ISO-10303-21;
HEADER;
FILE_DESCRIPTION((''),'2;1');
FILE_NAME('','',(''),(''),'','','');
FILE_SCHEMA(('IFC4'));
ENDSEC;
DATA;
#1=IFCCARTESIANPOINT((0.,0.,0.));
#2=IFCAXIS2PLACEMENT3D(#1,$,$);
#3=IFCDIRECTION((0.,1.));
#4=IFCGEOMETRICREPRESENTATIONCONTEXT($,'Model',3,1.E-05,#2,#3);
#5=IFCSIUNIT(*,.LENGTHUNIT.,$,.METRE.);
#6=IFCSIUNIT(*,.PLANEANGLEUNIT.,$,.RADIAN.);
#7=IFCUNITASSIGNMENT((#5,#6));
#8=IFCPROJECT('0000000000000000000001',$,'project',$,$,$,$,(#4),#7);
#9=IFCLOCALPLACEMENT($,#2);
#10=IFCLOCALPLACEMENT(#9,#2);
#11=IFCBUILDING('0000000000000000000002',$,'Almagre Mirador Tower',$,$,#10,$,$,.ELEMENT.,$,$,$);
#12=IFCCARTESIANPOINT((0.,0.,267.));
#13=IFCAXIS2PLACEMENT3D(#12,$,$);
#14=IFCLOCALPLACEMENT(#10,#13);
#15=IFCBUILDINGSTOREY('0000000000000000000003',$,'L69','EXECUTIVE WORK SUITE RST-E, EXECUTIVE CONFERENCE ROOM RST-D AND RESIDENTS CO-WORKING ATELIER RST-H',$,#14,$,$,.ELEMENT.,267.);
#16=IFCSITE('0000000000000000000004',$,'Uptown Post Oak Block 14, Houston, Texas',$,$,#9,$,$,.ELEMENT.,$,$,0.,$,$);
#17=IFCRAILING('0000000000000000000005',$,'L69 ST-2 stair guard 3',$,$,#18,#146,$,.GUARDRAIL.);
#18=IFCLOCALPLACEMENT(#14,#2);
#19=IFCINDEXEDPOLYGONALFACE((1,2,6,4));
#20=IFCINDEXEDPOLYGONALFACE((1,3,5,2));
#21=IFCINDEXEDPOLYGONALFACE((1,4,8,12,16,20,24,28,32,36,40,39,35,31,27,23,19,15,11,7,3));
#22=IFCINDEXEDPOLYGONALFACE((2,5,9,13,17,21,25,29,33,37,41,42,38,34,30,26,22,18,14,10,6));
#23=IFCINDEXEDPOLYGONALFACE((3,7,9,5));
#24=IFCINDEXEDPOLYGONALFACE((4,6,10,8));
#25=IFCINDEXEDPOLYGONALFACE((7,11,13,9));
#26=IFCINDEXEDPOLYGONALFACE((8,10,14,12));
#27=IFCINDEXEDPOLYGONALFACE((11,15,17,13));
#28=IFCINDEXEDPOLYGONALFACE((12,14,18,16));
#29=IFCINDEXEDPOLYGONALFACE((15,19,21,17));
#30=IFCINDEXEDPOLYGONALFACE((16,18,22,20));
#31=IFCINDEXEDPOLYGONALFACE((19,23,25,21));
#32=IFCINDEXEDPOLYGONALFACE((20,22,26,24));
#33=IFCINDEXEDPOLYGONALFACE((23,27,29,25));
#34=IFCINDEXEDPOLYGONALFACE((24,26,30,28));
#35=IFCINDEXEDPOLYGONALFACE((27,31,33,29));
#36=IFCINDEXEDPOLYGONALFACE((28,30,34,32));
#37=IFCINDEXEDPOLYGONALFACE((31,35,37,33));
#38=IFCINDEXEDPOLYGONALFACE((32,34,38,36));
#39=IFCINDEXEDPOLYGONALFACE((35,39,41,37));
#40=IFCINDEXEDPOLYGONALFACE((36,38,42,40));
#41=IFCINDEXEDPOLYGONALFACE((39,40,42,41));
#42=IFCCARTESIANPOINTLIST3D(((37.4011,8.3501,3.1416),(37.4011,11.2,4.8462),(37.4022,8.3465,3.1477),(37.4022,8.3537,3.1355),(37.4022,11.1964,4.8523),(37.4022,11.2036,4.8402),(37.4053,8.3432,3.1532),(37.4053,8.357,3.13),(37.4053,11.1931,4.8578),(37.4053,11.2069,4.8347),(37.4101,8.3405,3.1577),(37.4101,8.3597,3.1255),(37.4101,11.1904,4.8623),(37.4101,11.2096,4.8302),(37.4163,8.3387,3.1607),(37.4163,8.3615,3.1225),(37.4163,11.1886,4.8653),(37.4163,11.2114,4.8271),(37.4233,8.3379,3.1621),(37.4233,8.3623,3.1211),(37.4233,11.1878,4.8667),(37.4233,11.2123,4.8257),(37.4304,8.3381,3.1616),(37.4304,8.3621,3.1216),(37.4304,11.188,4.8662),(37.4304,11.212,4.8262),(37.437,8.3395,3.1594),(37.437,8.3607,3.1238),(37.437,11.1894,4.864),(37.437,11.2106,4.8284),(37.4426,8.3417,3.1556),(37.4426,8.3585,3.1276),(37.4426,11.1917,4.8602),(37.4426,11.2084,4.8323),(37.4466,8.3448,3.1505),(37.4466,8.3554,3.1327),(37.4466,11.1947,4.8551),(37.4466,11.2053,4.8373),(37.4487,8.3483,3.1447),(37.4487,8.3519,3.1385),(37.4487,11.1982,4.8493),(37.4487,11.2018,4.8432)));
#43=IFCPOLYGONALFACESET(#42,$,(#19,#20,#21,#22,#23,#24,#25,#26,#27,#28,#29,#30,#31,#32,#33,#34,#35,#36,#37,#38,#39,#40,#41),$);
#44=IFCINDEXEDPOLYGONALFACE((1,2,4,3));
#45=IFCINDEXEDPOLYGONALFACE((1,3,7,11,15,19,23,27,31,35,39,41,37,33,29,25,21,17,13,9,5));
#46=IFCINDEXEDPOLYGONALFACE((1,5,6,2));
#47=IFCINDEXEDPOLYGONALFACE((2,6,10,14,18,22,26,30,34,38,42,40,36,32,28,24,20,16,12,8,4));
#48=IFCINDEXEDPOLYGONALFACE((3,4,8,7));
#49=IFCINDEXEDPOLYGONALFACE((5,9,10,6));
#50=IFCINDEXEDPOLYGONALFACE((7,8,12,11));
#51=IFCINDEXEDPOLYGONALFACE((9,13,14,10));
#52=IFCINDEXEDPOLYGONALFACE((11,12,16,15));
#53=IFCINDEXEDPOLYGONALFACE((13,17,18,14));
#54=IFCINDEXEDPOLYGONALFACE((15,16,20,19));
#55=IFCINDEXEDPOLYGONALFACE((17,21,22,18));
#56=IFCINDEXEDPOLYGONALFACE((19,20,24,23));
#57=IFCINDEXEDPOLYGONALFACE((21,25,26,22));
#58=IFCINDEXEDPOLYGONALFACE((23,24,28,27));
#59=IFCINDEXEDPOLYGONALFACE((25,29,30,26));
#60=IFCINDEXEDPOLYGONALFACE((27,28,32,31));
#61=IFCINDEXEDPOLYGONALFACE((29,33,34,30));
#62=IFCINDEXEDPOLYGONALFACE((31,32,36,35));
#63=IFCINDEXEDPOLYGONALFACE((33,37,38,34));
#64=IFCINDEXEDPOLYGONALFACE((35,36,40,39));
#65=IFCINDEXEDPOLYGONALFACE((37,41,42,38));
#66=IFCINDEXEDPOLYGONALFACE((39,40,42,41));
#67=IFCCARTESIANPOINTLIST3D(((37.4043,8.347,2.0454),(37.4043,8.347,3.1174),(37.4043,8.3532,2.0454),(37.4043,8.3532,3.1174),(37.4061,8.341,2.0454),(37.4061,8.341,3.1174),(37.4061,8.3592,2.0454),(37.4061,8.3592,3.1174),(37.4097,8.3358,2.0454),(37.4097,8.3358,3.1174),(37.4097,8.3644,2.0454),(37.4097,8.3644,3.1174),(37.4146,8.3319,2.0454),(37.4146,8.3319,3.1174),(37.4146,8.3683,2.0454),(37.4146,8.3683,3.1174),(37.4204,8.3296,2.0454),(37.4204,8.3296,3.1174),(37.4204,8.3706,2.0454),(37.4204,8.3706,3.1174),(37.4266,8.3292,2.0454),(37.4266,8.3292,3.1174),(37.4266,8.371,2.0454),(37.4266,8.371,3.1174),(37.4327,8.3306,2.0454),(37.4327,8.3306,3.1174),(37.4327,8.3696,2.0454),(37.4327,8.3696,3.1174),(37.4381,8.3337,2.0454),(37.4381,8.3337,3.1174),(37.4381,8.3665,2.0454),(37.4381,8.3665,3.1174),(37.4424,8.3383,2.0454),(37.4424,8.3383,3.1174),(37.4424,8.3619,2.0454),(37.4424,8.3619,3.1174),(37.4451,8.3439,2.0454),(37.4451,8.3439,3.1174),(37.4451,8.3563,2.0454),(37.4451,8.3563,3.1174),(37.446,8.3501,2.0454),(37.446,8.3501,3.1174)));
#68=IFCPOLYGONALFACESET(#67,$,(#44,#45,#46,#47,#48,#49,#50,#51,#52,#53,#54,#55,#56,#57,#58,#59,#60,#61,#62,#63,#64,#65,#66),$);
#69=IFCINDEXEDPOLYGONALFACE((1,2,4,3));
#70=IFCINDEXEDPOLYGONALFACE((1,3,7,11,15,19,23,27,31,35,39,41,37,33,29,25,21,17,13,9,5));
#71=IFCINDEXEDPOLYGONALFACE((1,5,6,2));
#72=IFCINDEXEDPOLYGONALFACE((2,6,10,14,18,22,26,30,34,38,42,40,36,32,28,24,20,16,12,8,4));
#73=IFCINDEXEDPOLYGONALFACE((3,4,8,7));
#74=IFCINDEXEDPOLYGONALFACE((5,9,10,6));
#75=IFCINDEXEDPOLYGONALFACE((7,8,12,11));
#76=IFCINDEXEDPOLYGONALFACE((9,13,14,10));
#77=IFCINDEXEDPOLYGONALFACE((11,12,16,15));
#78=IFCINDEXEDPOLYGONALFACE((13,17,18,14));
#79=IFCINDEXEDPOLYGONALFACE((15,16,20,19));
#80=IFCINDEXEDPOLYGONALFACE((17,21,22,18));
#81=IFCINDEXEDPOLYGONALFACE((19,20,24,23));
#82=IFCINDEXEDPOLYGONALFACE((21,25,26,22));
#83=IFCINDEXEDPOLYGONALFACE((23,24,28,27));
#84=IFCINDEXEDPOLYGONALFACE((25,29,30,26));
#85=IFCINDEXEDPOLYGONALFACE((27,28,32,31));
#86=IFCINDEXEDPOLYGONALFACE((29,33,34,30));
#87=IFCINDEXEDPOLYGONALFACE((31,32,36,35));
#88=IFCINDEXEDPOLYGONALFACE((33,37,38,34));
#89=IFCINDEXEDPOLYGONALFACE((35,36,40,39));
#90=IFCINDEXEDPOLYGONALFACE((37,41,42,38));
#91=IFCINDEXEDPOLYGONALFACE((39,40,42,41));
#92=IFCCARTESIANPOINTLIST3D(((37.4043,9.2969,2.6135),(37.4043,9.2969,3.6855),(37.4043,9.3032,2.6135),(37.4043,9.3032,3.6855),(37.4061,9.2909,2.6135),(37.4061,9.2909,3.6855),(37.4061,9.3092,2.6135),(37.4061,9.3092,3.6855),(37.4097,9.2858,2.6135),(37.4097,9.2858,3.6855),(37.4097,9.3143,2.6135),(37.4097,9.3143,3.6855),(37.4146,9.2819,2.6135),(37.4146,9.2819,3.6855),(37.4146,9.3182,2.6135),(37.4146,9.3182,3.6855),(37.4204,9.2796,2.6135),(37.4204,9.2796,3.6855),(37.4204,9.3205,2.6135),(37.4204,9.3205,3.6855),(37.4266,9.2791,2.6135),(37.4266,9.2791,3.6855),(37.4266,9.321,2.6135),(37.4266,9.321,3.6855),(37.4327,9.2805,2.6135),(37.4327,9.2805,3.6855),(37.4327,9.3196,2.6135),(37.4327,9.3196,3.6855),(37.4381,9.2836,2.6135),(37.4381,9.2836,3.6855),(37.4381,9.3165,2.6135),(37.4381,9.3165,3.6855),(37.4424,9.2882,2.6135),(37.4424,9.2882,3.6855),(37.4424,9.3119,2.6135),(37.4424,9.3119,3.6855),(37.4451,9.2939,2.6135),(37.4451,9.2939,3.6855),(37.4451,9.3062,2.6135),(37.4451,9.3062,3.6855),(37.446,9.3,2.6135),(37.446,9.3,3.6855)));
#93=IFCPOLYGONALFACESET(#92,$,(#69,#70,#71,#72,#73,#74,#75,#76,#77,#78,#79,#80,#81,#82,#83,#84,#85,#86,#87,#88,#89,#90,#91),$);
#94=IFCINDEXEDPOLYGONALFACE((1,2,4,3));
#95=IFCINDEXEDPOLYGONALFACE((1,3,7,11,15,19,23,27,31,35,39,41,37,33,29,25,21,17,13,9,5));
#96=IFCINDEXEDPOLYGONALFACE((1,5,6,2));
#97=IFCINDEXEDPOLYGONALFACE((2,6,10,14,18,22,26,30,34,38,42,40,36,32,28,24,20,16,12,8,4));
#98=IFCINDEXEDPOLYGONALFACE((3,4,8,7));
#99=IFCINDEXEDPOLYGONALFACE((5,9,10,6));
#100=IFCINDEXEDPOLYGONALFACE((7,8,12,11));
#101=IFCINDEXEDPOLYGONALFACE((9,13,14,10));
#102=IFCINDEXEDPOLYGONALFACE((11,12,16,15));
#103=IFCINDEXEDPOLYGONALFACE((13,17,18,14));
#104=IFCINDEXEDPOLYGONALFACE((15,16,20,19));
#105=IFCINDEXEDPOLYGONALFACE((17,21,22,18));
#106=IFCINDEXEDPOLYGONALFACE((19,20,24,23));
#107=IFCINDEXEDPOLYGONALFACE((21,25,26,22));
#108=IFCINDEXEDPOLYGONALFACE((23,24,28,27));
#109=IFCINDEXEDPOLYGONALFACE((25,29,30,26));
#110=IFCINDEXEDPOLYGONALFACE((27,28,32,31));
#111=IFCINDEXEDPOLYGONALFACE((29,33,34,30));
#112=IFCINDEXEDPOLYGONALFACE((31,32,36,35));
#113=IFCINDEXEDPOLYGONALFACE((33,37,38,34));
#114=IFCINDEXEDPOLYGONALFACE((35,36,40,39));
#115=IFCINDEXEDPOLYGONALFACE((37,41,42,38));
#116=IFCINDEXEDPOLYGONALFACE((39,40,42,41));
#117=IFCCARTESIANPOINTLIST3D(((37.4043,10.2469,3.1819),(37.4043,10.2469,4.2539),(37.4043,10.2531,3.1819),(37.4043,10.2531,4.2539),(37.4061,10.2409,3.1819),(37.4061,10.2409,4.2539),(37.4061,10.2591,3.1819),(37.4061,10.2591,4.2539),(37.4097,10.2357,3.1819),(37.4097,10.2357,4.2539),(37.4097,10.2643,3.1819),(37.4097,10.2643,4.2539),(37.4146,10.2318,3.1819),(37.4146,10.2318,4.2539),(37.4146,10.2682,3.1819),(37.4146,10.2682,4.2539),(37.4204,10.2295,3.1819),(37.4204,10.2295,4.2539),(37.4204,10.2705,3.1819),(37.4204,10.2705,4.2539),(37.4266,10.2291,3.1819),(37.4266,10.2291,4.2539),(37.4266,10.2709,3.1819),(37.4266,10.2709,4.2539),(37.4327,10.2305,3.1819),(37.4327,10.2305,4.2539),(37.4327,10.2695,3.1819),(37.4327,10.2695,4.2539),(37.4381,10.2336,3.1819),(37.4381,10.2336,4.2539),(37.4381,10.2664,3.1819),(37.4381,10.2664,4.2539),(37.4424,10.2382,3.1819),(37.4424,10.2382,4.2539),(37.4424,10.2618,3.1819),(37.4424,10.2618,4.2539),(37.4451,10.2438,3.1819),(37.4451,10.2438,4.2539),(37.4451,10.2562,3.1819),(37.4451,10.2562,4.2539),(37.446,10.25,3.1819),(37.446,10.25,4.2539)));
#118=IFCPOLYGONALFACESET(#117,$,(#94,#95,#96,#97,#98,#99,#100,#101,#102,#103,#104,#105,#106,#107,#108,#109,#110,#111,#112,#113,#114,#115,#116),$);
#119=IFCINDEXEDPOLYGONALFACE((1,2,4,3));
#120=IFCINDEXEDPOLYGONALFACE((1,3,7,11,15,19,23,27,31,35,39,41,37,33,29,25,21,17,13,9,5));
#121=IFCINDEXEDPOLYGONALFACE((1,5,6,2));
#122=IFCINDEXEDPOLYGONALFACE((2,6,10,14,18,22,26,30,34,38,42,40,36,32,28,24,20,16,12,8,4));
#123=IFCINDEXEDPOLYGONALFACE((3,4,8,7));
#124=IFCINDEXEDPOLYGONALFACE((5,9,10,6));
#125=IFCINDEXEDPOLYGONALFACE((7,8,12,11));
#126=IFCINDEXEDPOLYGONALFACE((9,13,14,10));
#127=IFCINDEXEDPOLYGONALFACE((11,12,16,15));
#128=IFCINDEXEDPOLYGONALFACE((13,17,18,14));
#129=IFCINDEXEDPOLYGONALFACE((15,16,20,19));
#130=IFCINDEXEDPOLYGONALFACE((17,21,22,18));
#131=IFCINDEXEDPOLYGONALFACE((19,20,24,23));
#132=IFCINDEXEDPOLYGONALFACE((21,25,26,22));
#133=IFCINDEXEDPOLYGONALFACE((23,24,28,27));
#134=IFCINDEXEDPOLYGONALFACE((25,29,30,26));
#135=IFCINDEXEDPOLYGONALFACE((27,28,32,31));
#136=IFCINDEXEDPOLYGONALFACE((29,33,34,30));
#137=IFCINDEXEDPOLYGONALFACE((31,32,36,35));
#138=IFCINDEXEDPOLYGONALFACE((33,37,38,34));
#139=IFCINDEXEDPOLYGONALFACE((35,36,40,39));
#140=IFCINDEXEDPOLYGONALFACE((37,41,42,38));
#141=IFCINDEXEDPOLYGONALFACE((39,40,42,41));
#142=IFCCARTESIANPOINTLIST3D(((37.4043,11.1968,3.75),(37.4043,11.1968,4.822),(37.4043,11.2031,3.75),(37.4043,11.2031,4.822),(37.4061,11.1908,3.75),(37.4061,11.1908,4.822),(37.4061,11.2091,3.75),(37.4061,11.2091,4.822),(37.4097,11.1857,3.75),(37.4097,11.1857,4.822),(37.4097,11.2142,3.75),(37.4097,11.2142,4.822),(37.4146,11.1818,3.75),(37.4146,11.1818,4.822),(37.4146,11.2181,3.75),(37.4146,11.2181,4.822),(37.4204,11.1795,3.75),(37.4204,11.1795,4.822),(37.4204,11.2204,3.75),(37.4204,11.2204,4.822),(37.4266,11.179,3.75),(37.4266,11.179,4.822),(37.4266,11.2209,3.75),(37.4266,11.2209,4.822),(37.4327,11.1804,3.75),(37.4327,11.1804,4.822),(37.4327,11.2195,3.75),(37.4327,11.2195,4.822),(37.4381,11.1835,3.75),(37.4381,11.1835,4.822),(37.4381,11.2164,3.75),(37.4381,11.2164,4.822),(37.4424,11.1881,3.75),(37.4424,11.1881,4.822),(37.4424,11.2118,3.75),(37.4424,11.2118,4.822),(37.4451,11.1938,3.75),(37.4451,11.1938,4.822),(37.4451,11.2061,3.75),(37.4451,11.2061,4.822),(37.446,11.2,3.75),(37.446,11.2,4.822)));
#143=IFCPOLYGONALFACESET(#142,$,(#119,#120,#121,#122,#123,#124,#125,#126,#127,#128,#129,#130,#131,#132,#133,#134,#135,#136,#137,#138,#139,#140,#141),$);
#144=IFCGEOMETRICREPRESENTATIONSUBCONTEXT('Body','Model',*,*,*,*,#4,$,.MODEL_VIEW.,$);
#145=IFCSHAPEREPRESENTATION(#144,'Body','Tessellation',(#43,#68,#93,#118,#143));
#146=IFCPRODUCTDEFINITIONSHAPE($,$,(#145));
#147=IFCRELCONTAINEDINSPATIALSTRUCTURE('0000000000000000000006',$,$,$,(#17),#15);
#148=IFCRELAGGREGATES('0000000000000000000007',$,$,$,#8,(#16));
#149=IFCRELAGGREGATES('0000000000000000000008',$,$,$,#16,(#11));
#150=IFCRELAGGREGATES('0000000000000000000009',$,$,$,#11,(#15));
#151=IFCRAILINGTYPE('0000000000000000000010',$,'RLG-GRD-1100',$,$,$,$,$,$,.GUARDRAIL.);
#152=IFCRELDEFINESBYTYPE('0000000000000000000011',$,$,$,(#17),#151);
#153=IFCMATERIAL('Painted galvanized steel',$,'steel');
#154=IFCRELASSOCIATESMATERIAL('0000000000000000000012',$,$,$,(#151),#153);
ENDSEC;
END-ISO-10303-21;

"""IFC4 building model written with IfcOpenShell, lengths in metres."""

from ifc_helpers import new_model, si_unit, direction, frame, origin, origin_2d, place, context, subcontext, project, spatial, circle, extrude, material, type_object, element, save


model = new_model("IFC4")

# Units and contexts
model_context = context("Model", 3, precision=1e-05, world=origin(), true_north=direction((0.0, 1.0)))
body_context = subcontext(model_context, "Body", "Model", "MODEL_VIEW")
ifc_project = project(units=[si_unit("LENGTHUNIT", "METRE"), si_unit("PLANEANGLEUNIT", "RADIAN")], contexts=[model_context])

# Site, building, storey
site_placement = place(None, origin())
site = spatial("IfcSite", under=ifc_project, at=site_placement, Name="Uptown Post Oak Block 14, Houston, Texas", CompositionType="ELEMENT", RefElevation=0.0)
building_placement = place(site_placement, origin())
building = spatial("IfcBuilding", under=site, at=building_placement, Name="Almagre Mirador Tower", CompositionType="ELEMENT")
storey_placement = place(building_placement, frame((0.0, 0.0, 267.0)))
storey = spatial("IfcBuildingStorey", under=building, at=storey_placement, Name="L69", Description="EXECUTIVE WORK SUITE RST-E, EXECUTIVE CONFERENCE ROOM RST-D AND RESIDENTS CO-WORKING ATELIER RST-H", CompositionType="ELEMENT", Elevation=267.0)

# Railing
ifc_material_1 = material(Name="Painted galvanized steel", Category="steel")
railing_type_1 = type_object("IfcRailingType", Name="RLG-GRD-1100", PredefinedType="GUARDRAIL", material=ifc_material_1)
railing_1_placement = place(storey_placement, frame((37.425, 8.3501, 2.0454)))
element("IfcRailing", 1, at=railing_1_placement, inside=storey, type_object=railing_type_1, Name="L69 ST-2 stair guard 3", PredefinedType="GUARDRAIL", context=body_context, shape_type="SweptSolid", body=[
    extrude(circle(Radius=0.0239, at=origin_2d()), frame((0.0, 0.0, 1.0962), z_axis=(0.0, 0.858199, 0.513317), x_axis=(-1.0, 0.0, 0.0)), (0.0, 0.0, 1.0), 3.3208),
    extrude(circle(Radius=0.021, at=origin_2d()), origin(), (0.0, 0.0, 1.0), 1.072),
    extrude(circle(Radius=0.021, at=origin_2d()), frame((0.0, 0.95, 0.5681)), (0.0, 0.0, 1.0), 1.072),
    extrude(circle(Radius=0.021, at=origin_2d()), frame((0.0, 1.8999, 1.1365)), (0.0, 0.0, 1.0), 1.072),
    extrude(circle(Radius=0.021, at=origin_2d()), frame((0.0, 2.8499, 1.7046)), (0.0, 0.0, 1.0), 1.072),
])

save(model, "model.ifc")
